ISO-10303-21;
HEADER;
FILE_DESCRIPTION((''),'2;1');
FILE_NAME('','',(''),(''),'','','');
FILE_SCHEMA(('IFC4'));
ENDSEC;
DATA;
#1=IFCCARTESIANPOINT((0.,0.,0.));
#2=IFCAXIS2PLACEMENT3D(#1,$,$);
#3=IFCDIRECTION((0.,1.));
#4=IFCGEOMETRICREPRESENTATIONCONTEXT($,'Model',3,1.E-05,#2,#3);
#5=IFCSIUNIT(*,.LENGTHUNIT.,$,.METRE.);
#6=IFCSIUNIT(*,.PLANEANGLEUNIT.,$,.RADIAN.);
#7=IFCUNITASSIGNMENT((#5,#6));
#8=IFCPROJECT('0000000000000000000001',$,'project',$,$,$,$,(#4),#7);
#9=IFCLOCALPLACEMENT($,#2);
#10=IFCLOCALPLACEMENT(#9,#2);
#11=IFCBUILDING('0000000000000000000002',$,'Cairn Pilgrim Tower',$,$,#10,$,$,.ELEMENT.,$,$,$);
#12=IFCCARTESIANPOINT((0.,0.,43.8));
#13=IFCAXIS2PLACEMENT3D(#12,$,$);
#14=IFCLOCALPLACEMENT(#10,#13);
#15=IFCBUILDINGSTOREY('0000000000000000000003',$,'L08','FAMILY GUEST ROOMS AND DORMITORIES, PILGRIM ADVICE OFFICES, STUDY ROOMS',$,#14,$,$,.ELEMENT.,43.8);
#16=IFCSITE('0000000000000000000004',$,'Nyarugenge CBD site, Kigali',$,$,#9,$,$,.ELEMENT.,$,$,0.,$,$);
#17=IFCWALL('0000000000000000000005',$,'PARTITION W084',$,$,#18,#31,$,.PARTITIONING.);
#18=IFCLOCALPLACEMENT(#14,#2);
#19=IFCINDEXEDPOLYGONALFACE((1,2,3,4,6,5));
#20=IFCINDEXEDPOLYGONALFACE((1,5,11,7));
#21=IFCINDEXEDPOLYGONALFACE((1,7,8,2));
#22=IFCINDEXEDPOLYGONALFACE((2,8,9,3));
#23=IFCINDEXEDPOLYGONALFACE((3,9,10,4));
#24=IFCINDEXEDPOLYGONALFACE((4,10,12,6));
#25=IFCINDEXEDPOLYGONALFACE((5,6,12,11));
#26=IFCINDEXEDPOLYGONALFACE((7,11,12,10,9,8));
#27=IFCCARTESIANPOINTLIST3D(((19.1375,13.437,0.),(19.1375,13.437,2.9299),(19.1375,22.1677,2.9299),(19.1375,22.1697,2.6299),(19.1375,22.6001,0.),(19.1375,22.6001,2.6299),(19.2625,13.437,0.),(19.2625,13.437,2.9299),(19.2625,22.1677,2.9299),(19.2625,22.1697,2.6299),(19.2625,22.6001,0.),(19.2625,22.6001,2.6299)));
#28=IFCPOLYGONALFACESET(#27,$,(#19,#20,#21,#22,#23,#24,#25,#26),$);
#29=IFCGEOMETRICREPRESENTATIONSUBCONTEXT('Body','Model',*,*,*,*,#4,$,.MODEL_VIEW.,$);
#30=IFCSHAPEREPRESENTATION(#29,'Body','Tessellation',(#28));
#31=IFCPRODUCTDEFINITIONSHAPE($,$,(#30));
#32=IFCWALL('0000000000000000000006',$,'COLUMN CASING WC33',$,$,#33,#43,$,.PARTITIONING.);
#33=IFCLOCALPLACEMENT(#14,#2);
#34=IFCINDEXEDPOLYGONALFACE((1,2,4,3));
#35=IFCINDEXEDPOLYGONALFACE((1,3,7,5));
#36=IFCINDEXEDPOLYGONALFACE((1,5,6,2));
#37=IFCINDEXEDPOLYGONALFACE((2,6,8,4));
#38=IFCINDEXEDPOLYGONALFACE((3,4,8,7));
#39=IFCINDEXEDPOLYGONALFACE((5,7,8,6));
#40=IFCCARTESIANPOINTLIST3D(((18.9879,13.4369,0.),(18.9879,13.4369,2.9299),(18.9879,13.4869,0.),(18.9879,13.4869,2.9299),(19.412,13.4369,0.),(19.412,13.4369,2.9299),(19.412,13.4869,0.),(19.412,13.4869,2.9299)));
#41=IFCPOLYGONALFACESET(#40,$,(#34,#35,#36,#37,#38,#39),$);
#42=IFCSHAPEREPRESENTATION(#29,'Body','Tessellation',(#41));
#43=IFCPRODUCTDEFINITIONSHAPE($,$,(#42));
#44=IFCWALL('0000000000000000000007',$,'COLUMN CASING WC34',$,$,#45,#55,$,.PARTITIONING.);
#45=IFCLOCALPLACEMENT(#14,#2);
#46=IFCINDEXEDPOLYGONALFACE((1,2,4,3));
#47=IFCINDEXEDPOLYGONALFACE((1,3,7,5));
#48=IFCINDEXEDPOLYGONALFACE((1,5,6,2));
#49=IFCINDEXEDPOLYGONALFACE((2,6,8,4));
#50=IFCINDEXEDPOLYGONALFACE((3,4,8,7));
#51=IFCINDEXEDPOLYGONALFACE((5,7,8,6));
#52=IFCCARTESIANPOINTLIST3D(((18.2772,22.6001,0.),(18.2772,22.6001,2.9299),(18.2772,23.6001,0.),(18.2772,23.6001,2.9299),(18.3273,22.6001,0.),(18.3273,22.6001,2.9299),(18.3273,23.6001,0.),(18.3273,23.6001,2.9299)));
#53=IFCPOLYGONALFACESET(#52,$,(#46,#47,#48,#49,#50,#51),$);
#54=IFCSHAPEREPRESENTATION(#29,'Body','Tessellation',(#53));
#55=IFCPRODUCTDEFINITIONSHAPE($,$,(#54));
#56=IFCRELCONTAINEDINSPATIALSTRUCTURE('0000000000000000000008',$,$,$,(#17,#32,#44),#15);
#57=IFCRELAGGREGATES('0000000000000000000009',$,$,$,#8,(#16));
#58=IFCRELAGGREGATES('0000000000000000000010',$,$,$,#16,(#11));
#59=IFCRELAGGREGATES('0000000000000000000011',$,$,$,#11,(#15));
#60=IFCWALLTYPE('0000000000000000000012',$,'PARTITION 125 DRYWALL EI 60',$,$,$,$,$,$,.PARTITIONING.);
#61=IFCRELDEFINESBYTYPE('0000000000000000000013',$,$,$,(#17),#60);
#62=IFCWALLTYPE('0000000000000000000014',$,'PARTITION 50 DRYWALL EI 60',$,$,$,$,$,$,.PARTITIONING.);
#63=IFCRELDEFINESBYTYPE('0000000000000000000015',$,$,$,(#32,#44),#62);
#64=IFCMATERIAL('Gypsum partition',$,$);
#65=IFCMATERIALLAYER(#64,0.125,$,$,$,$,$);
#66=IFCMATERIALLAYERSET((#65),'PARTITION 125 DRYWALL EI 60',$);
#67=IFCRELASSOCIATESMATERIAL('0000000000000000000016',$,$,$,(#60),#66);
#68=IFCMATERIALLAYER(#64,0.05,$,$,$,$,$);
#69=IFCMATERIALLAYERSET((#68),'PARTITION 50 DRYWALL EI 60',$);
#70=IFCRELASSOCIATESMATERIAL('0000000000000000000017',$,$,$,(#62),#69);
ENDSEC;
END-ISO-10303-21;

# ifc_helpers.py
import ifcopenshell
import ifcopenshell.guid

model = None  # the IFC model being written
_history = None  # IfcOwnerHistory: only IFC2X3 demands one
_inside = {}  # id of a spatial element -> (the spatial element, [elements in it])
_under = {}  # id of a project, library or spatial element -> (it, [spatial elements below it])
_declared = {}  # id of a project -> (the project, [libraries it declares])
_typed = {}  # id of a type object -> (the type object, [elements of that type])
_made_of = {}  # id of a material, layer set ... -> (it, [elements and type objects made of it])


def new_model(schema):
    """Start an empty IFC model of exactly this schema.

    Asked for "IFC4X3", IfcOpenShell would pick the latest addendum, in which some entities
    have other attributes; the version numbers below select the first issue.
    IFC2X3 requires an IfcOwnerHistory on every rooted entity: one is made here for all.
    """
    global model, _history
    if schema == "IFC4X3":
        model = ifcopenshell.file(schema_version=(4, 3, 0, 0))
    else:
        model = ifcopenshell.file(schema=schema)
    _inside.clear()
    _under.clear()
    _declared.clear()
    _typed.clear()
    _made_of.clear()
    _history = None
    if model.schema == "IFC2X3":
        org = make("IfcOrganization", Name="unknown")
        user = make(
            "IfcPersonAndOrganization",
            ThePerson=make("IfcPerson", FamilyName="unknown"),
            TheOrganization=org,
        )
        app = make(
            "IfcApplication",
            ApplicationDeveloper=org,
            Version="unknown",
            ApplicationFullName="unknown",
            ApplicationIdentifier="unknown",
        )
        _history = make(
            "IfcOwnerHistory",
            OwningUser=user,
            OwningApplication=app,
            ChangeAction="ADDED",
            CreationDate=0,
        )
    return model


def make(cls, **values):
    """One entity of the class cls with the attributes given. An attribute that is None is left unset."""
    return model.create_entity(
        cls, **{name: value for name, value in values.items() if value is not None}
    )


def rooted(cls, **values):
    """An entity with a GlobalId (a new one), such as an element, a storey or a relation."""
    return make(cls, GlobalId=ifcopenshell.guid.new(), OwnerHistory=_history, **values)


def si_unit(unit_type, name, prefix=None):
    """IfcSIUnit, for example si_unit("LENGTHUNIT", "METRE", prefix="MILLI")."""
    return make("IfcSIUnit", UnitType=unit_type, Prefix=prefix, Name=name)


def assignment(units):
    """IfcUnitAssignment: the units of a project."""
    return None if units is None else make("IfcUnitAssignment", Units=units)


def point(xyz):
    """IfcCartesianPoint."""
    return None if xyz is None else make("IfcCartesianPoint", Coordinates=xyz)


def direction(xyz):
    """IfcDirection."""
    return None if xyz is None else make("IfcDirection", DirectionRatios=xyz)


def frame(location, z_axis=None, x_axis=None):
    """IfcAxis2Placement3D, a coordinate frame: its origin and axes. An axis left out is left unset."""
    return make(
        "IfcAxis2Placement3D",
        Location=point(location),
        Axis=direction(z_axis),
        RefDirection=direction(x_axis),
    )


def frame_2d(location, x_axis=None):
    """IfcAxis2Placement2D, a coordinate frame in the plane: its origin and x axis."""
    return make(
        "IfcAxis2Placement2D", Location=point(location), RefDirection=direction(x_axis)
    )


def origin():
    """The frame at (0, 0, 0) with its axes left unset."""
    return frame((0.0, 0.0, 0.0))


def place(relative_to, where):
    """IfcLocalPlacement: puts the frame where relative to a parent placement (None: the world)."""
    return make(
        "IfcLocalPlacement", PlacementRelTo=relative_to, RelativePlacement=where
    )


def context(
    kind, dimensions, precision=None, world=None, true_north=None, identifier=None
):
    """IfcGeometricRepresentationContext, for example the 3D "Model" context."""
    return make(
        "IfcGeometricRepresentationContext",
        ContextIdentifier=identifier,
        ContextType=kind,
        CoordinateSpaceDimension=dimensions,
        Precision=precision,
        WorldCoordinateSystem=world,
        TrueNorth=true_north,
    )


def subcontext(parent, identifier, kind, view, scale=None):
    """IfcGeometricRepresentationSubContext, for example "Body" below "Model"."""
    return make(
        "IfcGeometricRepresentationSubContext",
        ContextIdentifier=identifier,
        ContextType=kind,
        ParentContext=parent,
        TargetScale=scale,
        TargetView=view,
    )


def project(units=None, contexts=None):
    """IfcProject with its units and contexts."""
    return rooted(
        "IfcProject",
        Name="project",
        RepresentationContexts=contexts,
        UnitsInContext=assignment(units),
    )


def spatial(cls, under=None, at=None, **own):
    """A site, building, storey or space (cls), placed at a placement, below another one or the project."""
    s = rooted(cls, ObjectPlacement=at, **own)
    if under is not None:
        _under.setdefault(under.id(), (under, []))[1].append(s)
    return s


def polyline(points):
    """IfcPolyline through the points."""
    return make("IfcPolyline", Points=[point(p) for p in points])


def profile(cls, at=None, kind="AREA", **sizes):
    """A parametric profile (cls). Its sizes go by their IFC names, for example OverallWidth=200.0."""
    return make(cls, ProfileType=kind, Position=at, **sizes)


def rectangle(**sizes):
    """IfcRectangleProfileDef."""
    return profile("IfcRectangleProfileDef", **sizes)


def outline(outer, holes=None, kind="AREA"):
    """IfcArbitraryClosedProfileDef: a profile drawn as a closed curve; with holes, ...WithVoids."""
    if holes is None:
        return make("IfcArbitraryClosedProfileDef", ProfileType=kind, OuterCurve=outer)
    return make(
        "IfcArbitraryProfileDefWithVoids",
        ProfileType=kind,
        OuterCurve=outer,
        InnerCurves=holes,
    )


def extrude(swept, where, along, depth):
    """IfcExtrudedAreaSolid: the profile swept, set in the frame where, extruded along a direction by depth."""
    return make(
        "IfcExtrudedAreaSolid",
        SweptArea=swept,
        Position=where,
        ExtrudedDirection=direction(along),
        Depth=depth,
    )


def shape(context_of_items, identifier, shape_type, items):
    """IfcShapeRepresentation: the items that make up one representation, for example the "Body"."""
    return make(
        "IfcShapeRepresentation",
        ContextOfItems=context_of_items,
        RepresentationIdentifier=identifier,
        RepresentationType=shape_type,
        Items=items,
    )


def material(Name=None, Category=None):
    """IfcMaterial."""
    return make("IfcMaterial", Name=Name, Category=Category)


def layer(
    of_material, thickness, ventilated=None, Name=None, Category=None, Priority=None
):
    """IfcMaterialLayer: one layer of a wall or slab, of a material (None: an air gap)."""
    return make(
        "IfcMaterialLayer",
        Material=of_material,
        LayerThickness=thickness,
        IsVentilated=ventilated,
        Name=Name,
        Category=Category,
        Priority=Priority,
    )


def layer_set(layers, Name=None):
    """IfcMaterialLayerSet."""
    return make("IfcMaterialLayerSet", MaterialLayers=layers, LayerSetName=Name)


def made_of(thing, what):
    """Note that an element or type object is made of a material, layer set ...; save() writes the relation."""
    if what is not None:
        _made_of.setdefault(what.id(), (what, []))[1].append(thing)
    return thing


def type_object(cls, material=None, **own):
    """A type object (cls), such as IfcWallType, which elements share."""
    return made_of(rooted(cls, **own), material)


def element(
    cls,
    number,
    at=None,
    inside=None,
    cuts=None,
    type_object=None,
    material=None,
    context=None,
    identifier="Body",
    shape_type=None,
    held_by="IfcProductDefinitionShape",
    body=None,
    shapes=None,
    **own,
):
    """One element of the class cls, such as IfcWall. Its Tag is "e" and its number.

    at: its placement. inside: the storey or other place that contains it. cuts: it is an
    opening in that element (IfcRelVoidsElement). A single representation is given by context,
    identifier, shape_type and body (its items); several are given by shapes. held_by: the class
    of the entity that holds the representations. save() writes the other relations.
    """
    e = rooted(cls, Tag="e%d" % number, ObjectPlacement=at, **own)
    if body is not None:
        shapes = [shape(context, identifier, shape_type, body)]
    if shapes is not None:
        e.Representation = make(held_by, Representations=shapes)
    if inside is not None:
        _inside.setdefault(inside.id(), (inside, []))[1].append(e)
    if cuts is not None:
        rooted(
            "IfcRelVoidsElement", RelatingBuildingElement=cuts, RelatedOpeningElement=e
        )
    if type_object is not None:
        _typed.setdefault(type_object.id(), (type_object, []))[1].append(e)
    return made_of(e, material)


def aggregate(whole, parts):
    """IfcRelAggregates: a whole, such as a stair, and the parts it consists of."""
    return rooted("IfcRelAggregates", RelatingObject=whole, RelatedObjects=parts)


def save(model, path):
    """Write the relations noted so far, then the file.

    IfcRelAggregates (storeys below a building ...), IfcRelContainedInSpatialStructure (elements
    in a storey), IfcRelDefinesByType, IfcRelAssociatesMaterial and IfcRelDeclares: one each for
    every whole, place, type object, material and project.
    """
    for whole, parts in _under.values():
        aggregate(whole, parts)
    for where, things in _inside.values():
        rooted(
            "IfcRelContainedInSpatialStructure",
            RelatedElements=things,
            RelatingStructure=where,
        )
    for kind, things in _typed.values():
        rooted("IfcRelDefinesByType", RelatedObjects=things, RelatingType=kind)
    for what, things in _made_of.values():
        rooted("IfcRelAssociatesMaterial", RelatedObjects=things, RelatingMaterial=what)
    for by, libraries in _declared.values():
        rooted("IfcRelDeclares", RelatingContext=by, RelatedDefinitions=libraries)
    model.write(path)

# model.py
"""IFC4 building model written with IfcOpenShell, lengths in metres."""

from ifc_helpers import new_model, si_unit, direction, frame, frame_2d, origin, place, context, subcontext, project, spatial, polyline, rectangle, outline, extrude, material, layer, layer_set, type_object, element, save


model = new_model("IFC4")

# Units and contexts
model_context = context("Model", 3, precision=1e-05, world=origin(), true_north=direction((0.0, 1.0)))
body_context = subcontext(model_context, "Body", "Model", "MODEL_VIEW")
ifc_project = project(units=[si_unit("LENGTHUNIT", "METRE"), si_unit("PLANEANGLEUNIT", "RADIAN")], contexts=[model_context])

# Site, building, storey
site_placement = place(None, origin())
site = spatial("IfcSite", under=ifc_project, at=site_placement, Name="Nyarugenge CBD site, Kigali", CompositionType="ELEMENT", RefElevation=0.0)
building_placement = place(site_placement, origin())
building = spatial("IfcBuilding", under=site, at=building_placement, Name="Cairn Pilgrim Tower", CompositionType="ELEMENT")
storey_placement = place(building_placement, frame((0.0, 0.0, 43.8)))
storey = spatial("IfcBuildingStorey", under=building, at=storey_placement, Name="L08", Description="FAMILY GUEST ROOMS AND DORMITORIES, PILGRIM ADVICE OFFICES, STUDY ROOMS", CompositionType="ELEMENT", Elevation=43.8)

# Walls
ifc_material_1 = material(Name="Gypsum partition")
ifc_layer_1 = layer(ifc_material_1, 0.125)
ifc_layer_set_1 = layer_set([ifc_layer_1], Name="PARTITION 125 DRYWALL EI 60")
wall_type_1 = type_object("IfcWallType", Name="PARTITION 125 DRYWALL EI 60", PredefinedType="PARTITIONING", material=ifc_layer_set_1)
wall_1_placement = place(storey_placement, frame((19.2, 13.437, 0.0), z_axis=(0.0, 0.0, 1.0), x_axis=(0.0, 1.0, 0.0)))
element("IfcWall", 1, at=wall_1_placement, inside=storey, type_object=wall_type_1, Name="PARTITION W084", PredefinedType="PARTITIONING", context=body_context, shape_type="SweptSolid", body=[
    extrude(outline(polyline([(0.0, 0.0), (9.1631, 0.0), (9.1631, 2.6299), (8.7327, 2.6299), (8.7307, 2.9299), (0.0, 2.9299), (0.0, 0.0)])), frame((0.0, 0.0625, 0.0), z_axis=(0.0, -1.0, 0.0), x_axis=(1.0, 0.0, 0.0)), (0.0, 0.0, 1.0), 0.125),
])
ifc_layer_2 = layer(ifc_material_1, 0.05)
ifc_layer_set_2 = layer_set([ifc_layer_2], Name="PARTITION 50 DRYWALL EI 60")
wall_type_2 = type_object("IfcWallType", Name="PARTITION 50 DRYWALL EI 60", PredefinedType="PARTITIONING", material=ifc_layer_set_2)
wall_2_placement = place(storey_placement, frame((18.988, 13.4619, 0.0), z_axis=(0.0, 0.0, 1.0), x_axis=(1.0, 0.0, 0.0)))
element("IfcWall", 2, at=wall_2_placement, inside=storey, type_object=wall_type_2, Name="COLUMN CASING WC33", PredefinedType="PARTITIONING", context=body_context, shape_type="SweptSolid", body=[
    extrude(rectangle(XDim=0.4241, YDim=0.05, at=frame_2d((0.2119, 0.0))), origin(), (0.0, 0.0, 1.0), 2.9299),
])
wall_3_placement = place(storey_placement, frame((18.3022, 22.6001, 0.0), z_axis=(0.0, 0.0, 1.0), x_axis=(0.0, 1.0, 0.0)))
element("IfcWall", 3, at=wall_3_placement, inside=storey, type_object=wall_type_2, Name="COLUMN CASING WC34", PredefinedType="PARTITIONING", context=body_context, shape_type="SweptSolid", body=[
    extrude(rectangle(XDim=1.0, YDim=0.05, at=frame_2d((0.5, 0.0))), origin(), (0.0, 0.0, 1.0), 2.9299),
])

save(model, "model.ifc")
